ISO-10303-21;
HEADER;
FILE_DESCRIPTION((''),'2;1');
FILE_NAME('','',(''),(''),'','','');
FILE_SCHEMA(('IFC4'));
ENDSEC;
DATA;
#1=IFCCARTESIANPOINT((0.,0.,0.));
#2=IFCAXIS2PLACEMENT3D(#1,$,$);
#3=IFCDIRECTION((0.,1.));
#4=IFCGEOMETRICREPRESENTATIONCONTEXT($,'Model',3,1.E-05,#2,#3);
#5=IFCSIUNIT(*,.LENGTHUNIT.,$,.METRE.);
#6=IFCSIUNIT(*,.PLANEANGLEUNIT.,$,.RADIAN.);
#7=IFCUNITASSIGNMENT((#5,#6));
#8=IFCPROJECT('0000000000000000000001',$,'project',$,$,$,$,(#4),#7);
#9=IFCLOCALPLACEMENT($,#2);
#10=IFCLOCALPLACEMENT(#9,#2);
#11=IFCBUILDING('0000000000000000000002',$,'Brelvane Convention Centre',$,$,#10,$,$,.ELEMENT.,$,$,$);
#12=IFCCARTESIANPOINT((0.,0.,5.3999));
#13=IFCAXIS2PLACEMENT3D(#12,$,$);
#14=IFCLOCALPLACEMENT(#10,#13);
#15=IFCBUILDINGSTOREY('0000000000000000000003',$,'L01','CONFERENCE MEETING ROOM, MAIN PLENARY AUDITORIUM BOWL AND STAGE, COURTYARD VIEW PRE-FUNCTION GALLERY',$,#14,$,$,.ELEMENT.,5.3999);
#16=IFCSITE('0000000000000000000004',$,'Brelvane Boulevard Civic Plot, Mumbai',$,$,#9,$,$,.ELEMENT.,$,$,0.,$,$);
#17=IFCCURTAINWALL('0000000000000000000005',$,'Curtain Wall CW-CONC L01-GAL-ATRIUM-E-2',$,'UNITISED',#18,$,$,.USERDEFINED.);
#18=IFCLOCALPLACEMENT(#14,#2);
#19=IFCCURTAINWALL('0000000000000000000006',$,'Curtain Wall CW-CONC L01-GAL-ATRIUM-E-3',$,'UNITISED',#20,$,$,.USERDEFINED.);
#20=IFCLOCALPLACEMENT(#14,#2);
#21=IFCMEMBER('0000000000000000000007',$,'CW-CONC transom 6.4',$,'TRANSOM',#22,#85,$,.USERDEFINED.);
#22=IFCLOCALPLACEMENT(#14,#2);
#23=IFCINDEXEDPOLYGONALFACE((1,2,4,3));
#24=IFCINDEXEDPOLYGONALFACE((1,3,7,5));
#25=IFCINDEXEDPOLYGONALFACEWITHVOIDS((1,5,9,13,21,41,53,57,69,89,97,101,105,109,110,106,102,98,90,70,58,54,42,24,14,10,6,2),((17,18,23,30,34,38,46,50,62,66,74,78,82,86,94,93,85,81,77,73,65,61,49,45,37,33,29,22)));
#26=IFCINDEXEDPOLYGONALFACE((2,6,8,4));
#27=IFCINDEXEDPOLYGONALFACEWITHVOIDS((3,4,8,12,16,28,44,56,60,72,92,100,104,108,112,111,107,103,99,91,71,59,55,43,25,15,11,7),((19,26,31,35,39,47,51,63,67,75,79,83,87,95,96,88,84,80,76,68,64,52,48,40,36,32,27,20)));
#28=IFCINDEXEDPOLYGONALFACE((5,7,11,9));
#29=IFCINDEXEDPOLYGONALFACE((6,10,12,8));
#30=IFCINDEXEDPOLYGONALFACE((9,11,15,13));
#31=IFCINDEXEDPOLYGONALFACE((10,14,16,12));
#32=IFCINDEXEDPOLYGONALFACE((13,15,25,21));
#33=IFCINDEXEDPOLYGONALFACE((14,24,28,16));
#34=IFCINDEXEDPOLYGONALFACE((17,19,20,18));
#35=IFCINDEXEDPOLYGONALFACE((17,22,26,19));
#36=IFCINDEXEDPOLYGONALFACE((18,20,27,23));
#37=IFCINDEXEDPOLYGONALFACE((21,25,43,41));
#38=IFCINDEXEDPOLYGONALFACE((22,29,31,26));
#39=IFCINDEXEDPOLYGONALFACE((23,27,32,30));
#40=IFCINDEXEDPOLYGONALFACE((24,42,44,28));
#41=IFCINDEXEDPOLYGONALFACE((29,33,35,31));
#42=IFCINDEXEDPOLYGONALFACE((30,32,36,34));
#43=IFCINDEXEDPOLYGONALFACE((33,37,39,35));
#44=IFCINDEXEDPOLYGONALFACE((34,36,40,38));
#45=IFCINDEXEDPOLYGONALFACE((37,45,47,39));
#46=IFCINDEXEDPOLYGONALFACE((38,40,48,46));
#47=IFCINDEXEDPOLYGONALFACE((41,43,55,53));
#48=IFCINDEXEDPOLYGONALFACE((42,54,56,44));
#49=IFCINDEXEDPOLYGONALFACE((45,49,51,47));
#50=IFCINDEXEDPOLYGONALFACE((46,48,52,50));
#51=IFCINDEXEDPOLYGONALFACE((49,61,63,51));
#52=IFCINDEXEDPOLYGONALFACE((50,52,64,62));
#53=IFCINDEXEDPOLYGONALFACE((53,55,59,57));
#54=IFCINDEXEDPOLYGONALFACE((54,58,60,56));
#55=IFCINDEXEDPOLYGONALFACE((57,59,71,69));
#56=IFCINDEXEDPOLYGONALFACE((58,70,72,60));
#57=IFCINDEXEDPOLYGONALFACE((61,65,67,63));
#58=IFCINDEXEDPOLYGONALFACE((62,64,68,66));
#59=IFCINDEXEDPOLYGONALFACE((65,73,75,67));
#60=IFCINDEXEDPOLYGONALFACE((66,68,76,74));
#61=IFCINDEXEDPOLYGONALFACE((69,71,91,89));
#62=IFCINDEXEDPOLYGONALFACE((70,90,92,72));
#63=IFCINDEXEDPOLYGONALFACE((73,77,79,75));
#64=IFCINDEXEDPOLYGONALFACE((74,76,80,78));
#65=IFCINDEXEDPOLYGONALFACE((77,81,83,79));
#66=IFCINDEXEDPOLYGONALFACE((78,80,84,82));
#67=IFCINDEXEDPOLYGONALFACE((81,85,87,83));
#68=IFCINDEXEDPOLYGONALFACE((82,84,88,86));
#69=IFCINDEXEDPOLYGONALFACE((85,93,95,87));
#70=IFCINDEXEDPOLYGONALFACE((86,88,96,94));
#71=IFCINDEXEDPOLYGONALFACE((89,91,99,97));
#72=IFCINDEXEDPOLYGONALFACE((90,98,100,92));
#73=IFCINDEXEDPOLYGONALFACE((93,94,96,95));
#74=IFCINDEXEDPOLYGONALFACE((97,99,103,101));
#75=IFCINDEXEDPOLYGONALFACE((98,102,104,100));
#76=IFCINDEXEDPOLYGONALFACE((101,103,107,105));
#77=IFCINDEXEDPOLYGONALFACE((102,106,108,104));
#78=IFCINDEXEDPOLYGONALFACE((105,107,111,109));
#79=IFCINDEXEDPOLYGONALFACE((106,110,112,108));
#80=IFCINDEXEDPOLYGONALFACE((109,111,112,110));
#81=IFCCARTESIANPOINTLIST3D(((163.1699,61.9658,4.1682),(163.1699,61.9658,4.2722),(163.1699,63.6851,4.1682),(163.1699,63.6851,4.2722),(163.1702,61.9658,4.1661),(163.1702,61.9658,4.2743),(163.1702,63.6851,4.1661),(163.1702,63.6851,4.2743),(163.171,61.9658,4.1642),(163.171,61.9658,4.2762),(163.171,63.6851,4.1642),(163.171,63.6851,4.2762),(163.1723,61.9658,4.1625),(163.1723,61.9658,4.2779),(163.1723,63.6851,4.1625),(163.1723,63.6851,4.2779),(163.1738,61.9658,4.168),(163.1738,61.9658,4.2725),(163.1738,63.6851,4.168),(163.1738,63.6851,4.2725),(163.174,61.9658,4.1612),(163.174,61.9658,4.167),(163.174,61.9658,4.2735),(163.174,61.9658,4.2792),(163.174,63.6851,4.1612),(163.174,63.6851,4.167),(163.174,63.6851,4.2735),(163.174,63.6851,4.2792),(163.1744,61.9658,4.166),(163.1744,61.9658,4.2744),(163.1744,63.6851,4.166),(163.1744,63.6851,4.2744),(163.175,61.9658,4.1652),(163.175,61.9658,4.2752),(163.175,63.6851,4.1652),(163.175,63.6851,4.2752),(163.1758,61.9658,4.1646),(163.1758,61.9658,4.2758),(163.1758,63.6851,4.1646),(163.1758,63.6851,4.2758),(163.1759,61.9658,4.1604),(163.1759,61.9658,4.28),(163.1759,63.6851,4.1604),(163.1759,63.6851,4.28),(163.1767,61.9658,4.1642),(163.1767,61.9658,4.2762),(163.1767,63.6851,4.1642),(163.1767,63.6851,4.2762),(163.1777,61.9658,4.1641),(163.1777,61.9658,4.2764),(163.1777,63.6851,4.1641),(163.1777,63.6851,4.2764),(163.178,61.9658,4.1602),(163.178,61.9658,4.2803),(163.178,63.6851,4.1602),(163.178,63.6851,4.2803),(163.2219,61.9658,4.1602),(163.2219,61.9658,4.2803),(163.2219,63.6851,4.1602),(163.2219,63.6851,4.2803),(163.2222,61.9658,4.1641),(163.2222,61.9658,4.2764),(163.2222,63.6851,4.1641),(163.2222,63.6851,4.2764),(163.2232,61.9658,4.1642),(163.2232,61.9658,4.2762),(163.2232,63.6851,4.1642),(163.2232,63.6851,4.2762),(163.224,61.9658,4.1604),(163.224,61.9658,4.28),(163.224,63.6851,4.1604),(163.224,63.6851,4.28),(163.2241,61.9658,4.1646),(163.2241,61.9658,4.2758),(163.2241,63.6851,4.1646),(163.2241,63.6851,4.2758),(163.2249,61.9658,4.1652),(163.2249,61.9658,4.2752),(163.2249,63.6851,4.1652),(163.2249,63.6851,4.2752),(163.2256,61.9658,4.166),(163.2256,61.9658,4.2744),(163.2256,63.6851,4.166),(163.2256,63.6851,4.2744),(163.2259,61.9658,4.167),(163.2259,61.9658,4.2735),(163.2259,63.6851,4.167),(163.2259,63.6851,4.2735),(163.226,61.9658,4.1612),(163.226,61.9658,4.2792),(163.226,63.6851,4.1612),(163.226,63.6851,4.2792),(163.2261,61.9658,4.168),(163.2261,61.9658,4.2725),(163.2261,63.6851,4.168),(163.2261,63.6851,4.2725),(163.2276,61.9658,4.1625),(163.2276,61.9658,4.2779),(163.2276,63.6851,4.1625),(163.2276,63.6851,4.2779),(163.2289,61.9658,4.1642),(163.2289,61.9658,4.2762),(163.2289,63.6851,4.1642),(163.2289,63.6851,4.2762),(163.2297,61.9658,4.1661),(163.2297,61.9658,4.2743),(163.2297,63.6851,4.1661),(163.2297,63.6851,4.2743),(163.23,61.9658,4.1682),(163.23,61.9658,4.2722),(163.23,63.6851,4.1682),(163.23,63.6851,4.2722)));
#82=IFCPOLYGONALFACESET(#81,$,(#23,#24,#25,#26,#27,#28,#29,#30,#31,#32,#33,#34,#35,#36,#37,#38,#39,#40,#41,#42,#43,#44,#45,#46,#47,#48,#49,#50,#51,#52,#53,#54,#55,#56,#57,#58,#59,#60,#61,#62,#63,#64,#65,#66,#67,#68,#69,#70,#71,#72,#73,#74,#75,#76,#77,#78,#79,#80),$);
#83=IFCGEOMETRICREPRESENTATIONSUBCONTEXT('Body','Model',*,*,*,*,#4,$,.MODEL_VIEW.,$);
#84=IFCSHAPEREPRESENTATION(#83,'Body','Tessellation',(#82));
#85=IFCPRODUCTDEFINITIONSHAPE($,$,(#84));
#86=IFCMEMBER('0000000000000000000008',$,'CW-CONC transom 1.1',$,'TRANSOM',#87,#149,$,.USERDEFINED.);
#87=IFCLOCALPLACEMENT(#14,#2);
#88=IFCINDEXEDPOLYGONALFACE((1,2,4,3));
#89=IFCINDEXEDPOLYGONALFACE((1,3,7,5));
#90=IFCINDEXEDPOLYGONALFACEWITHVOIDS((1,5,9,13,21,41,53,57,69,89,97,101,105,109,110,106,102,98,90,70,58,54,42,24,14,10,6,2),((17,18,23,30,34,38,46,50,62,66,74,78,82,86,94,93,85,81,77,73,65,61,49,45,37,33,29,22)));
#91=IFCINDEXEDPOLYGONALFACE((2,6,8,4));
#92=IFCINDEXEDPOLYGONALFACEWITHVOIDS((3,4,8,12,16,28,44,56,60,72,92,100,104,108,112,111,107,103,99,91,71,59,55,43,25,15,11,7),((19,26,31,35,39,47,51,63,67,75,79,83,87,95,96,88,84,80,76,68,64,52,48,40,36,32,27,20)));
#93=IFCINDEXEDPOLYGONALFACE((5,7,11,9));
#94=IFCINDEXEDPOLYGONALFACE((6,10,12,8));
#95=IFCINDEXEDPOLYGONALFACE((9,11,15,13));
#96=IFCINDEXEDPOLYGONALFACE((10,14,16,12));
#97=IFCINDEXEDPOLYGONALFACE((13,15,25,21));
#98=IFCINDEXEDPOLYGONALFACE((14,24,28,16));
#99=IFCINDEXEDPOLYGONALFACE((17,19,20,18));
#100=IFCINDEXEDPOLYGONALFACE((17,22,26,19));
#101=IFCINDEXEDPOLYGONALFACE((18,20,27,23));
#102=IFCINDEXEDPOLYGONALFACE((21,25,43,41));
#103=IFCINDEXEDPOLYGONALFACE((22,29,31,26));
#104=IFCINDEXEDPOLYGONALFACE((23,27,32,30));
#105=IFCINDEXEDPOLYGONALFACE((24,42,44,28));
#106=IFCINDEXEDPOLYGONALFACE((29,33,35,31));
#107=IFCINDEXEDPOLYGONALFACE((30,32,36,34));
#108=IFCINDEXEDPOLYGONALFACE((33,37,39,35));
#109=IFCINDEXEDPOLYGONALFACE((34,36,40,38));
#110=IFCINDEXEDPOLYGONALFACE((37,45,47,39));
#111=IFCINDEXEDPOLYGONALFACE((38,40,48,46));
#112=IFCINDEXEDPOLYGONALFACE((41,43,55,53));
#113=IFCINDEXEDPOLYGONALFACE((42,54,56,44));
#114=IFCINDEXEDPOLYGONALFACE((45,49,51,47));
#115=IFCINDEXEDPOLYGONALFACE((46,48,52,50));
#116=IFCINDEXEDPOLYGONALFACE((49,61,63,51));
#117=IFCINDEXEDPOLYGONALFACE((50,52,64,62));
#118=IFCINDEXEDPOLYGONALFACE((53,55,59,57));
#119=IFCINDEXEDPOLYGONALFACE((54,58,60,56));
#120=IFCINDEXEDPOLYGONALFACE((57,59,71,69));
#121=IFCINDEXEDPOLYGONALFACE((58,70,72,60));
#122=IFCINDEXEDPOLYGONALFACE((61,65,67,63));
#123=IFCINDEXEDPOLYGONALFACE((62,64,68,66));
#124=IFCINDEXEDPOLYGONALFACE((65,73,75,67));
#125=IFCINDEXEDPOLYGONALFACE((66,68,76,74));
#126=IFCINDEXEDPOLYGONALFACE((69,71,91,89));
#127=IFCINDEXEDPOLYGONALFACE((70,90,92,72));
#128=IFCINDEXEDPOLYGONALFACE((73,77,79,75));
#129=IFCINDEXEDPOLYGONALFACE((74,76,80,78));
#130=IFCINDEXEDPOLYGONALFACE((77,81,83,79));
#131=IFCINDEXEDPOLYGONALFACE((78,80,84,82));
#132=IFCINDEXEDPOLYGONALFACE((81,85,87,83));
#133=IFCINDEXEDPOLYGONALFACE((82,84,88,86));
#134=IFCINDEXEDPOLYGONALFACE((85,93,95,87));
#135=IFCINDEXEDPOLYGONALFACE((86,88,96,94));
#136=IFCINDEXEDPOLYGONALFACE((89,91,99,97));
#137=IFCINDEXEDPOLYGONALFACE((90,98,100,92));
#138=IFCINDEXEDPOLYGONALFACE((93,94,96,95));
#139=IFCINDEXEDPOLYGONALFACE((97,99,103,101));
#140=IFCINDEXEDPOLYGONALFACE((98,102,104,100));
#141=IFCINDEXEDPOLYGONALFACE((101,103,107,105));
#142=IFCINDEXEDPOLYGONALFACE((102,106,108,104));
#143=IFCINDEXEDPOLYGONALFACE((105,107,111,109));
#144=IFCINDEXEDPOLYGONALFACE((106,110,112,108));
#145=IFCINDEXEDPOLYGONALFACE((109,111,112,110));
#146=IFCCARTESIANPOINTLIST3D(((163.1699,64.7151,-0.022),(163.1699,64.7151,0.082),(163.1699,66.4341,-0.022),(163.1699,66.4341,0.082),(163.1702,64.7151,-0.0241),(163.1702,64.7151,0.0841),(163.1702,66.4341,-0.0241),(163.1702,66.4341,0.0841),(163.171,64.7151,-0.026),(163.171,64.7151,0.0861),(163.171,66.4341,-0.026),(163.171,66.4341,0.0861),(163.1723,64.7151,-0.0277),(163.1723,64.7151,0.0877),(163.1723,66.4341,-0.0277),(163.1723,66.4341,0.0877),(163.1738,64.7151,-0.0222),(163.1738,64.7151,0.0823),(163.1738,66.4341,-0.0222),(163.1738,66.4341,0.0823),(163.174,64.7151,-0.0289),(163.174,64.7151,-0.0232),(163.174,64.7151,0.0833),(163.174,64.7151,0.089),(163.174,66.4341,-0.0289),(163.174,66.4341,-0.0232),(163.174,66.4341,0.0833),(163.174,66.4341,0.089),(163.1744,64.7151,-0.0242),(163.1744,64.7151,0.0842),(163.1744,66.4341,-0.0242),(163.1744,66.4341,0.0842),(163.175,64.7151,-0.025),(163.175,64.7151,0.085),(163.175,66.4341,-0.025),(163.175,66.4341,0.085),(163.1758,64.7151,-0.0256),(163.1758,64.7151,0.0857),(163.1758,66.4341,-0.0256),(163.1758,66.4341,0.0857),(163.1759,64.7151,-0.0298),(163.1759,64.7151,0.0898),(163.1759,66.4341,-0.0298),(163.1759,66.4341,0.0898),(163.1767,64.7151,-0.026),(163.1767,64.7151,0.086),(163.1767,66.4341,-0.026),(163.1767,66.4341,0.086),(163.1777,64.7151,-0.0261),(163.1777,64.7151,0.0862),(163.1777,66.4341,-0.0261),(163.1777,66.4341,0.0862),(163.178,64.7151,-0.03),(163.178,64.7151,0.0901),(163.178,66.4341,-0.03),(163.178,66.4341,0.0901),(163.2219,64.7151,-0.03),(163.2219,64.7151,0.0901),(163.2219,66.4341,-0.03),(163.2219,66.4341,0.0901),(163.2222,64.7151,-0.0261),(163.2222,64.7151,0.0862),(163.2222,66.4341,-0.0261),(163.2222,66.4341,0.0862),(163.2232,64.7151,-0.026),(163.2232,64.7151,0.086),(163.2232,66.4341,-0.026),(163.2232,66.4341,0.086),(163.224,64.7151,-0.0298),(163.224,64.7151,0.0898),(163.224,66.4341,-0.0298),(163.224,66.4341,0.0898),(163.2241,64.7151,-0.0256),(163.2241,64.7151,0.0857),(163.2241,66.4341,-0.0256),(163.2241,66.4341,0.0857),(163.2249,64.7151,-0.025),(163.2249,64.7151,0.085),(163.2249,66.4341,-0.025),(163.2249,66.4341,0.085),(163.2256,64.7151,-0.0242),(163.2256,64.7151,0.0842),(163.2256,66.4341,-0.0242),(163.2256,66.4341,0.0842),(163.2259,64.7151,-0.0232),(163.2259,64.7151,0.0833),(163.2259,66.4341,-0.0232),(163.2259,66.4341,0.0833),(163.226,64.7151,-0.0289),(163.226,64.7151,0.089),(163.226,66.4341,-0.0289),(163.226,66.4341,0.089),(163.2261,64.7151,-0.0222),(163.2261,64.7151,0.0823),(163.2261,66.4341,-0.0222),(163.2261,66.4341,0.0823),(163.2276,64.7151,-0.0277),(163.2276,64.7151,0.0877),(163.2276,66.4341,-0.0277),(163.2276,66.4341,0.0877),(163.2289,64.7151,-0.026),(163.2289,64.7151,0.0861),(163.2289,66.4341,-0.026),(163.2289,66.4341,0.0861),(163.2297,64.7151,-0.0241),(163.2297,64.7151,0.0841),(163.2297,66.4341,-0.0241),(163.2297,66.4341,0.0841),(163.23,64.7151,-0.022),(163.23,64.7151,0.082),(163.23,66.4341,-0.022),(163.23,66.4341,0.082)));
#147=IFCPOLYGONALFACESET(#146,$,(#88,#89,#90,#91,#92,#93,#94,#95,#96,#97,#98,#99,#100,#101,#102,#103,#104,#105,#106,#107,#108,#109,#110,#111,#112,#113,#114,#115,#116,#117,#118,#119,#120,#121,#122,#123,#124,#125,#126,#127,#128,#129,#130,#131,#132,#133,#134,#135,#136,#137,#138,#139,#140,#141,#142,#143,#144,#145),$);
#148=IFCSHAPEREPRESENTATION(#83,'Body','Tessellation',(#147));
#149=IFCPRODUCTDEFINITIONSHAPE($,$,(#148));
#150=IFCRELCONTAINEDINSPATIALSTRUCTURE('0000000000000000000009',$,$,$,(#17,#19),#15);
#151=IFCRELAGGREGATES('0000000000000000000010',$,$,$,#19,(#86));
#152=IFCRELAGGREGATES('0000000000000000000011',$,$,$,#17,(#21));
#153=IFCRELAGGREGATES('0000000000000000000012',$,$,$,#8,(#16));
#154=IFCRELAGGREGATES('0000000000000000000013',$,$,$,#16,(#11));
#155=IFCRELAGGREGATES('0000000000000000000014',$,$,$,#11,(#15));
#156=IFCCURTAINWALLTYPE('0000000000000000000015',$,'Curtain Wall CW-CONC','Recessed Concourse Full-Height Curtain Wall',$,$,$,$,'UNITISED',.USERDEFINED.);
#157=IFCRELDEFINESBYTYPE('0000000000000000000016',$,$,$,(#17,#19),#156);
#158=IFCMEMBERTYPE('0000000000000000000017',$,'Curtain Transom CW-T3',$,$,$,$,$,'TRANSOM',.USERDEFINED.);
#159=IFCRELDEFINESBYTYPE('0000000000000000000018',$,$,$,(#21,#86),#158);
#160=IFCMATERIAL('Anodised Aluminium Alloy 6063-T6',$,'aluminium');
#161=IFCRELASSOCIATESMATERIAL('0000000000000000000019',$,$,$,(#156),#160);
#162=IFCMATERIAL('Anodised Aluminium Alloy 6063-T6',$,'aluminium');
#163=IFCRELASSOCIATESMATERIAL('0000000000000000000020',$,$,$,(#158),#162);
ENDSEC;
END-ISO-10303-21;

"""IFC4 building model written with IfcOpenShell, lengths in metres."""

from ifc_helpers import new_model, si_unit, direction, frame, origin, origin_2d, place, context, subcontext, project, spatial, hollow_rectangle, extrude, material, material_profile, profile_set, type_object, element, aggregate, save


model = new_model("IFC4")

# Units and contexts
model_context = context("Model", 3, precision=1e-05, world=origin(), true_north=direction((0.0, 1.0)))
body_context = subcontext(model_context, "Body", "Model", "MODEL_VIEW")
ifc_project = project(units=[si_unit("LENGTHUNIT", "METRE"), si_unit("PLANEANGLEUNIT", "RADIAN")], contexts=[model_context])

# Site, building, storey
site_placement = place(None, origin())
site = spatial("IfcSite", under=ifc_project, at=site_placement, Name="Brelvane Boulevard Civic Plot, Mumbai", CompositionType="ELEMENT", RefElevation=0.0)
building_placement = place(site_placement, origin())
building = spatial("IfcBuilding", under=site, at=building_placement, Name="Brelvane Convention Centre", CompositionType="ELEMENT")
storey_placement = place(building_placement, frame((0.0, 0.0, 5.3999)))
storey = spatial("IfcBuildingStorey", under=building, at=storey_placement, Name="L01", Description="CONFERENCE MEETING ROOM, MAIN PLENARY AUDITORIUM BOWL AND STAGE, COURTYARD VIEW PRE-FUNCTION GALLERY", CompositionType="ELEMENT", Elevation=5.3999)

# Curtain wall
ifc_material_1 = material(Name="Anodised Aluminium Alloy 6063-T6", Category="aluminium")
curtain_wall_type = type_object("IfcCurtainWallType", Name="Curtain Wall CW-CONC", Description="Recessed Concourse Full-Height Curtain Wall", ElementType="UNITISED", PredefinedType="USERDEFINED", material=ifc_material_1)
curtain_wall_1_placement = place(storey_placement, origin())
curtain_wall_1 = element("IfcCurtainWall", 1, at=curtain_wall_1_placement, inside=storey, type_object=curtain_wall_type, Name="Curtain Wall CW-CONC L01-GAL-ATRIUM-E-2", ObjectType="UNITISED", PredefinedType="USERDEFINED")

# Curtain wall
curtain_wall_2_placement = place(storey_placement, origin())
curtain_wall_2 = element("IfcCurtainWall", 2, at=curtain_wall_2_placement, inside=storey, type_object=curtain_wall_type, Name="Curtain Wall CW-CONC L01-GAL-ATRIUM-E-3", ObjectType="UNITISED", PredefinedType="USERDEFINED")

# Members
ifc_material_2 = material(Name="Anodised Aluminium Alloy 6063-T6", Category="aluminium")
ifc_material_profile_1 = material_profile(ifc_material_2, hollow_rectangle(XDim=0.0601, YDim=0.1201, WallThickness=0.0039, InnerFilletRadius=0.0039, OuterFilletRadius=0.0081, at=origin_2d()), Name="ALU-T 120x60x4.0")
ifc_profile_set_1 = profile_set([ifc_material_profile_1], Name="Anodised Aluminium Alloy 6063-T6")
member_type_1 = type_object("IfcMemberType", Name="Curtain Transom CW-T3", ElementType="TRANSOM", PredefinedType="USERDEFINED", material=ifc_profile_set_1)
member_1_placement = place(storey_placement, frame((163.2, 61.9658, 4.2202), z_axis=(0.0, 1.0, 0.0), x_axis=(-1.0, 0.0, 0.0)))
member_1 = element("IfcMember", 3, at=member_1_placement, type_object=member_type_1, Name="CW-CONC transom 6.4", ObjectType="TRANSOM", PredefinedType="USERDEFINED", context=body_context, shape_type="SweptSolid", body=[
    extrude(hollow_rectangle(XDim=0.0601, YDim=0.1201, WallThickness=0.0039, InnerFilletRadius=0.0039, OuterFilletRadius=0.0081, at=origin_2d()), origin(), (0.0, 0.0, 1.0), 1.7192),
])
member_2_placement = place(storey_placement, frame((163.2, 64.7151, 0.03), z_axis=(0.0, 1.0, 0.0), x_axis=(-1.0, 0.0, 0.0)))
member_2 = element("IfcMember", 4, at=member_2_placement, type_object=member_type_1, Name="CW-CONC transom 1.1", ObjectType="TRANSOM", PredefinedType="USERDEFINED", context=body_context, shape_type="SweptSolid", body=[
    extrude(hollow_rectangle(XDim=0.0601, YDim=0.1201, WallThickness=0.0039, InnerFilletRadius=0.0039, OuterFilletRadius=0.0081, at=origin_2d()), origin(), (0.0, 0.0, 1.0), 1.719),
])
aggregate(curtain_wall_2, [member_2])

aggregate(curtain_wall_1, [member_1])

save(model, "model.ifc")
